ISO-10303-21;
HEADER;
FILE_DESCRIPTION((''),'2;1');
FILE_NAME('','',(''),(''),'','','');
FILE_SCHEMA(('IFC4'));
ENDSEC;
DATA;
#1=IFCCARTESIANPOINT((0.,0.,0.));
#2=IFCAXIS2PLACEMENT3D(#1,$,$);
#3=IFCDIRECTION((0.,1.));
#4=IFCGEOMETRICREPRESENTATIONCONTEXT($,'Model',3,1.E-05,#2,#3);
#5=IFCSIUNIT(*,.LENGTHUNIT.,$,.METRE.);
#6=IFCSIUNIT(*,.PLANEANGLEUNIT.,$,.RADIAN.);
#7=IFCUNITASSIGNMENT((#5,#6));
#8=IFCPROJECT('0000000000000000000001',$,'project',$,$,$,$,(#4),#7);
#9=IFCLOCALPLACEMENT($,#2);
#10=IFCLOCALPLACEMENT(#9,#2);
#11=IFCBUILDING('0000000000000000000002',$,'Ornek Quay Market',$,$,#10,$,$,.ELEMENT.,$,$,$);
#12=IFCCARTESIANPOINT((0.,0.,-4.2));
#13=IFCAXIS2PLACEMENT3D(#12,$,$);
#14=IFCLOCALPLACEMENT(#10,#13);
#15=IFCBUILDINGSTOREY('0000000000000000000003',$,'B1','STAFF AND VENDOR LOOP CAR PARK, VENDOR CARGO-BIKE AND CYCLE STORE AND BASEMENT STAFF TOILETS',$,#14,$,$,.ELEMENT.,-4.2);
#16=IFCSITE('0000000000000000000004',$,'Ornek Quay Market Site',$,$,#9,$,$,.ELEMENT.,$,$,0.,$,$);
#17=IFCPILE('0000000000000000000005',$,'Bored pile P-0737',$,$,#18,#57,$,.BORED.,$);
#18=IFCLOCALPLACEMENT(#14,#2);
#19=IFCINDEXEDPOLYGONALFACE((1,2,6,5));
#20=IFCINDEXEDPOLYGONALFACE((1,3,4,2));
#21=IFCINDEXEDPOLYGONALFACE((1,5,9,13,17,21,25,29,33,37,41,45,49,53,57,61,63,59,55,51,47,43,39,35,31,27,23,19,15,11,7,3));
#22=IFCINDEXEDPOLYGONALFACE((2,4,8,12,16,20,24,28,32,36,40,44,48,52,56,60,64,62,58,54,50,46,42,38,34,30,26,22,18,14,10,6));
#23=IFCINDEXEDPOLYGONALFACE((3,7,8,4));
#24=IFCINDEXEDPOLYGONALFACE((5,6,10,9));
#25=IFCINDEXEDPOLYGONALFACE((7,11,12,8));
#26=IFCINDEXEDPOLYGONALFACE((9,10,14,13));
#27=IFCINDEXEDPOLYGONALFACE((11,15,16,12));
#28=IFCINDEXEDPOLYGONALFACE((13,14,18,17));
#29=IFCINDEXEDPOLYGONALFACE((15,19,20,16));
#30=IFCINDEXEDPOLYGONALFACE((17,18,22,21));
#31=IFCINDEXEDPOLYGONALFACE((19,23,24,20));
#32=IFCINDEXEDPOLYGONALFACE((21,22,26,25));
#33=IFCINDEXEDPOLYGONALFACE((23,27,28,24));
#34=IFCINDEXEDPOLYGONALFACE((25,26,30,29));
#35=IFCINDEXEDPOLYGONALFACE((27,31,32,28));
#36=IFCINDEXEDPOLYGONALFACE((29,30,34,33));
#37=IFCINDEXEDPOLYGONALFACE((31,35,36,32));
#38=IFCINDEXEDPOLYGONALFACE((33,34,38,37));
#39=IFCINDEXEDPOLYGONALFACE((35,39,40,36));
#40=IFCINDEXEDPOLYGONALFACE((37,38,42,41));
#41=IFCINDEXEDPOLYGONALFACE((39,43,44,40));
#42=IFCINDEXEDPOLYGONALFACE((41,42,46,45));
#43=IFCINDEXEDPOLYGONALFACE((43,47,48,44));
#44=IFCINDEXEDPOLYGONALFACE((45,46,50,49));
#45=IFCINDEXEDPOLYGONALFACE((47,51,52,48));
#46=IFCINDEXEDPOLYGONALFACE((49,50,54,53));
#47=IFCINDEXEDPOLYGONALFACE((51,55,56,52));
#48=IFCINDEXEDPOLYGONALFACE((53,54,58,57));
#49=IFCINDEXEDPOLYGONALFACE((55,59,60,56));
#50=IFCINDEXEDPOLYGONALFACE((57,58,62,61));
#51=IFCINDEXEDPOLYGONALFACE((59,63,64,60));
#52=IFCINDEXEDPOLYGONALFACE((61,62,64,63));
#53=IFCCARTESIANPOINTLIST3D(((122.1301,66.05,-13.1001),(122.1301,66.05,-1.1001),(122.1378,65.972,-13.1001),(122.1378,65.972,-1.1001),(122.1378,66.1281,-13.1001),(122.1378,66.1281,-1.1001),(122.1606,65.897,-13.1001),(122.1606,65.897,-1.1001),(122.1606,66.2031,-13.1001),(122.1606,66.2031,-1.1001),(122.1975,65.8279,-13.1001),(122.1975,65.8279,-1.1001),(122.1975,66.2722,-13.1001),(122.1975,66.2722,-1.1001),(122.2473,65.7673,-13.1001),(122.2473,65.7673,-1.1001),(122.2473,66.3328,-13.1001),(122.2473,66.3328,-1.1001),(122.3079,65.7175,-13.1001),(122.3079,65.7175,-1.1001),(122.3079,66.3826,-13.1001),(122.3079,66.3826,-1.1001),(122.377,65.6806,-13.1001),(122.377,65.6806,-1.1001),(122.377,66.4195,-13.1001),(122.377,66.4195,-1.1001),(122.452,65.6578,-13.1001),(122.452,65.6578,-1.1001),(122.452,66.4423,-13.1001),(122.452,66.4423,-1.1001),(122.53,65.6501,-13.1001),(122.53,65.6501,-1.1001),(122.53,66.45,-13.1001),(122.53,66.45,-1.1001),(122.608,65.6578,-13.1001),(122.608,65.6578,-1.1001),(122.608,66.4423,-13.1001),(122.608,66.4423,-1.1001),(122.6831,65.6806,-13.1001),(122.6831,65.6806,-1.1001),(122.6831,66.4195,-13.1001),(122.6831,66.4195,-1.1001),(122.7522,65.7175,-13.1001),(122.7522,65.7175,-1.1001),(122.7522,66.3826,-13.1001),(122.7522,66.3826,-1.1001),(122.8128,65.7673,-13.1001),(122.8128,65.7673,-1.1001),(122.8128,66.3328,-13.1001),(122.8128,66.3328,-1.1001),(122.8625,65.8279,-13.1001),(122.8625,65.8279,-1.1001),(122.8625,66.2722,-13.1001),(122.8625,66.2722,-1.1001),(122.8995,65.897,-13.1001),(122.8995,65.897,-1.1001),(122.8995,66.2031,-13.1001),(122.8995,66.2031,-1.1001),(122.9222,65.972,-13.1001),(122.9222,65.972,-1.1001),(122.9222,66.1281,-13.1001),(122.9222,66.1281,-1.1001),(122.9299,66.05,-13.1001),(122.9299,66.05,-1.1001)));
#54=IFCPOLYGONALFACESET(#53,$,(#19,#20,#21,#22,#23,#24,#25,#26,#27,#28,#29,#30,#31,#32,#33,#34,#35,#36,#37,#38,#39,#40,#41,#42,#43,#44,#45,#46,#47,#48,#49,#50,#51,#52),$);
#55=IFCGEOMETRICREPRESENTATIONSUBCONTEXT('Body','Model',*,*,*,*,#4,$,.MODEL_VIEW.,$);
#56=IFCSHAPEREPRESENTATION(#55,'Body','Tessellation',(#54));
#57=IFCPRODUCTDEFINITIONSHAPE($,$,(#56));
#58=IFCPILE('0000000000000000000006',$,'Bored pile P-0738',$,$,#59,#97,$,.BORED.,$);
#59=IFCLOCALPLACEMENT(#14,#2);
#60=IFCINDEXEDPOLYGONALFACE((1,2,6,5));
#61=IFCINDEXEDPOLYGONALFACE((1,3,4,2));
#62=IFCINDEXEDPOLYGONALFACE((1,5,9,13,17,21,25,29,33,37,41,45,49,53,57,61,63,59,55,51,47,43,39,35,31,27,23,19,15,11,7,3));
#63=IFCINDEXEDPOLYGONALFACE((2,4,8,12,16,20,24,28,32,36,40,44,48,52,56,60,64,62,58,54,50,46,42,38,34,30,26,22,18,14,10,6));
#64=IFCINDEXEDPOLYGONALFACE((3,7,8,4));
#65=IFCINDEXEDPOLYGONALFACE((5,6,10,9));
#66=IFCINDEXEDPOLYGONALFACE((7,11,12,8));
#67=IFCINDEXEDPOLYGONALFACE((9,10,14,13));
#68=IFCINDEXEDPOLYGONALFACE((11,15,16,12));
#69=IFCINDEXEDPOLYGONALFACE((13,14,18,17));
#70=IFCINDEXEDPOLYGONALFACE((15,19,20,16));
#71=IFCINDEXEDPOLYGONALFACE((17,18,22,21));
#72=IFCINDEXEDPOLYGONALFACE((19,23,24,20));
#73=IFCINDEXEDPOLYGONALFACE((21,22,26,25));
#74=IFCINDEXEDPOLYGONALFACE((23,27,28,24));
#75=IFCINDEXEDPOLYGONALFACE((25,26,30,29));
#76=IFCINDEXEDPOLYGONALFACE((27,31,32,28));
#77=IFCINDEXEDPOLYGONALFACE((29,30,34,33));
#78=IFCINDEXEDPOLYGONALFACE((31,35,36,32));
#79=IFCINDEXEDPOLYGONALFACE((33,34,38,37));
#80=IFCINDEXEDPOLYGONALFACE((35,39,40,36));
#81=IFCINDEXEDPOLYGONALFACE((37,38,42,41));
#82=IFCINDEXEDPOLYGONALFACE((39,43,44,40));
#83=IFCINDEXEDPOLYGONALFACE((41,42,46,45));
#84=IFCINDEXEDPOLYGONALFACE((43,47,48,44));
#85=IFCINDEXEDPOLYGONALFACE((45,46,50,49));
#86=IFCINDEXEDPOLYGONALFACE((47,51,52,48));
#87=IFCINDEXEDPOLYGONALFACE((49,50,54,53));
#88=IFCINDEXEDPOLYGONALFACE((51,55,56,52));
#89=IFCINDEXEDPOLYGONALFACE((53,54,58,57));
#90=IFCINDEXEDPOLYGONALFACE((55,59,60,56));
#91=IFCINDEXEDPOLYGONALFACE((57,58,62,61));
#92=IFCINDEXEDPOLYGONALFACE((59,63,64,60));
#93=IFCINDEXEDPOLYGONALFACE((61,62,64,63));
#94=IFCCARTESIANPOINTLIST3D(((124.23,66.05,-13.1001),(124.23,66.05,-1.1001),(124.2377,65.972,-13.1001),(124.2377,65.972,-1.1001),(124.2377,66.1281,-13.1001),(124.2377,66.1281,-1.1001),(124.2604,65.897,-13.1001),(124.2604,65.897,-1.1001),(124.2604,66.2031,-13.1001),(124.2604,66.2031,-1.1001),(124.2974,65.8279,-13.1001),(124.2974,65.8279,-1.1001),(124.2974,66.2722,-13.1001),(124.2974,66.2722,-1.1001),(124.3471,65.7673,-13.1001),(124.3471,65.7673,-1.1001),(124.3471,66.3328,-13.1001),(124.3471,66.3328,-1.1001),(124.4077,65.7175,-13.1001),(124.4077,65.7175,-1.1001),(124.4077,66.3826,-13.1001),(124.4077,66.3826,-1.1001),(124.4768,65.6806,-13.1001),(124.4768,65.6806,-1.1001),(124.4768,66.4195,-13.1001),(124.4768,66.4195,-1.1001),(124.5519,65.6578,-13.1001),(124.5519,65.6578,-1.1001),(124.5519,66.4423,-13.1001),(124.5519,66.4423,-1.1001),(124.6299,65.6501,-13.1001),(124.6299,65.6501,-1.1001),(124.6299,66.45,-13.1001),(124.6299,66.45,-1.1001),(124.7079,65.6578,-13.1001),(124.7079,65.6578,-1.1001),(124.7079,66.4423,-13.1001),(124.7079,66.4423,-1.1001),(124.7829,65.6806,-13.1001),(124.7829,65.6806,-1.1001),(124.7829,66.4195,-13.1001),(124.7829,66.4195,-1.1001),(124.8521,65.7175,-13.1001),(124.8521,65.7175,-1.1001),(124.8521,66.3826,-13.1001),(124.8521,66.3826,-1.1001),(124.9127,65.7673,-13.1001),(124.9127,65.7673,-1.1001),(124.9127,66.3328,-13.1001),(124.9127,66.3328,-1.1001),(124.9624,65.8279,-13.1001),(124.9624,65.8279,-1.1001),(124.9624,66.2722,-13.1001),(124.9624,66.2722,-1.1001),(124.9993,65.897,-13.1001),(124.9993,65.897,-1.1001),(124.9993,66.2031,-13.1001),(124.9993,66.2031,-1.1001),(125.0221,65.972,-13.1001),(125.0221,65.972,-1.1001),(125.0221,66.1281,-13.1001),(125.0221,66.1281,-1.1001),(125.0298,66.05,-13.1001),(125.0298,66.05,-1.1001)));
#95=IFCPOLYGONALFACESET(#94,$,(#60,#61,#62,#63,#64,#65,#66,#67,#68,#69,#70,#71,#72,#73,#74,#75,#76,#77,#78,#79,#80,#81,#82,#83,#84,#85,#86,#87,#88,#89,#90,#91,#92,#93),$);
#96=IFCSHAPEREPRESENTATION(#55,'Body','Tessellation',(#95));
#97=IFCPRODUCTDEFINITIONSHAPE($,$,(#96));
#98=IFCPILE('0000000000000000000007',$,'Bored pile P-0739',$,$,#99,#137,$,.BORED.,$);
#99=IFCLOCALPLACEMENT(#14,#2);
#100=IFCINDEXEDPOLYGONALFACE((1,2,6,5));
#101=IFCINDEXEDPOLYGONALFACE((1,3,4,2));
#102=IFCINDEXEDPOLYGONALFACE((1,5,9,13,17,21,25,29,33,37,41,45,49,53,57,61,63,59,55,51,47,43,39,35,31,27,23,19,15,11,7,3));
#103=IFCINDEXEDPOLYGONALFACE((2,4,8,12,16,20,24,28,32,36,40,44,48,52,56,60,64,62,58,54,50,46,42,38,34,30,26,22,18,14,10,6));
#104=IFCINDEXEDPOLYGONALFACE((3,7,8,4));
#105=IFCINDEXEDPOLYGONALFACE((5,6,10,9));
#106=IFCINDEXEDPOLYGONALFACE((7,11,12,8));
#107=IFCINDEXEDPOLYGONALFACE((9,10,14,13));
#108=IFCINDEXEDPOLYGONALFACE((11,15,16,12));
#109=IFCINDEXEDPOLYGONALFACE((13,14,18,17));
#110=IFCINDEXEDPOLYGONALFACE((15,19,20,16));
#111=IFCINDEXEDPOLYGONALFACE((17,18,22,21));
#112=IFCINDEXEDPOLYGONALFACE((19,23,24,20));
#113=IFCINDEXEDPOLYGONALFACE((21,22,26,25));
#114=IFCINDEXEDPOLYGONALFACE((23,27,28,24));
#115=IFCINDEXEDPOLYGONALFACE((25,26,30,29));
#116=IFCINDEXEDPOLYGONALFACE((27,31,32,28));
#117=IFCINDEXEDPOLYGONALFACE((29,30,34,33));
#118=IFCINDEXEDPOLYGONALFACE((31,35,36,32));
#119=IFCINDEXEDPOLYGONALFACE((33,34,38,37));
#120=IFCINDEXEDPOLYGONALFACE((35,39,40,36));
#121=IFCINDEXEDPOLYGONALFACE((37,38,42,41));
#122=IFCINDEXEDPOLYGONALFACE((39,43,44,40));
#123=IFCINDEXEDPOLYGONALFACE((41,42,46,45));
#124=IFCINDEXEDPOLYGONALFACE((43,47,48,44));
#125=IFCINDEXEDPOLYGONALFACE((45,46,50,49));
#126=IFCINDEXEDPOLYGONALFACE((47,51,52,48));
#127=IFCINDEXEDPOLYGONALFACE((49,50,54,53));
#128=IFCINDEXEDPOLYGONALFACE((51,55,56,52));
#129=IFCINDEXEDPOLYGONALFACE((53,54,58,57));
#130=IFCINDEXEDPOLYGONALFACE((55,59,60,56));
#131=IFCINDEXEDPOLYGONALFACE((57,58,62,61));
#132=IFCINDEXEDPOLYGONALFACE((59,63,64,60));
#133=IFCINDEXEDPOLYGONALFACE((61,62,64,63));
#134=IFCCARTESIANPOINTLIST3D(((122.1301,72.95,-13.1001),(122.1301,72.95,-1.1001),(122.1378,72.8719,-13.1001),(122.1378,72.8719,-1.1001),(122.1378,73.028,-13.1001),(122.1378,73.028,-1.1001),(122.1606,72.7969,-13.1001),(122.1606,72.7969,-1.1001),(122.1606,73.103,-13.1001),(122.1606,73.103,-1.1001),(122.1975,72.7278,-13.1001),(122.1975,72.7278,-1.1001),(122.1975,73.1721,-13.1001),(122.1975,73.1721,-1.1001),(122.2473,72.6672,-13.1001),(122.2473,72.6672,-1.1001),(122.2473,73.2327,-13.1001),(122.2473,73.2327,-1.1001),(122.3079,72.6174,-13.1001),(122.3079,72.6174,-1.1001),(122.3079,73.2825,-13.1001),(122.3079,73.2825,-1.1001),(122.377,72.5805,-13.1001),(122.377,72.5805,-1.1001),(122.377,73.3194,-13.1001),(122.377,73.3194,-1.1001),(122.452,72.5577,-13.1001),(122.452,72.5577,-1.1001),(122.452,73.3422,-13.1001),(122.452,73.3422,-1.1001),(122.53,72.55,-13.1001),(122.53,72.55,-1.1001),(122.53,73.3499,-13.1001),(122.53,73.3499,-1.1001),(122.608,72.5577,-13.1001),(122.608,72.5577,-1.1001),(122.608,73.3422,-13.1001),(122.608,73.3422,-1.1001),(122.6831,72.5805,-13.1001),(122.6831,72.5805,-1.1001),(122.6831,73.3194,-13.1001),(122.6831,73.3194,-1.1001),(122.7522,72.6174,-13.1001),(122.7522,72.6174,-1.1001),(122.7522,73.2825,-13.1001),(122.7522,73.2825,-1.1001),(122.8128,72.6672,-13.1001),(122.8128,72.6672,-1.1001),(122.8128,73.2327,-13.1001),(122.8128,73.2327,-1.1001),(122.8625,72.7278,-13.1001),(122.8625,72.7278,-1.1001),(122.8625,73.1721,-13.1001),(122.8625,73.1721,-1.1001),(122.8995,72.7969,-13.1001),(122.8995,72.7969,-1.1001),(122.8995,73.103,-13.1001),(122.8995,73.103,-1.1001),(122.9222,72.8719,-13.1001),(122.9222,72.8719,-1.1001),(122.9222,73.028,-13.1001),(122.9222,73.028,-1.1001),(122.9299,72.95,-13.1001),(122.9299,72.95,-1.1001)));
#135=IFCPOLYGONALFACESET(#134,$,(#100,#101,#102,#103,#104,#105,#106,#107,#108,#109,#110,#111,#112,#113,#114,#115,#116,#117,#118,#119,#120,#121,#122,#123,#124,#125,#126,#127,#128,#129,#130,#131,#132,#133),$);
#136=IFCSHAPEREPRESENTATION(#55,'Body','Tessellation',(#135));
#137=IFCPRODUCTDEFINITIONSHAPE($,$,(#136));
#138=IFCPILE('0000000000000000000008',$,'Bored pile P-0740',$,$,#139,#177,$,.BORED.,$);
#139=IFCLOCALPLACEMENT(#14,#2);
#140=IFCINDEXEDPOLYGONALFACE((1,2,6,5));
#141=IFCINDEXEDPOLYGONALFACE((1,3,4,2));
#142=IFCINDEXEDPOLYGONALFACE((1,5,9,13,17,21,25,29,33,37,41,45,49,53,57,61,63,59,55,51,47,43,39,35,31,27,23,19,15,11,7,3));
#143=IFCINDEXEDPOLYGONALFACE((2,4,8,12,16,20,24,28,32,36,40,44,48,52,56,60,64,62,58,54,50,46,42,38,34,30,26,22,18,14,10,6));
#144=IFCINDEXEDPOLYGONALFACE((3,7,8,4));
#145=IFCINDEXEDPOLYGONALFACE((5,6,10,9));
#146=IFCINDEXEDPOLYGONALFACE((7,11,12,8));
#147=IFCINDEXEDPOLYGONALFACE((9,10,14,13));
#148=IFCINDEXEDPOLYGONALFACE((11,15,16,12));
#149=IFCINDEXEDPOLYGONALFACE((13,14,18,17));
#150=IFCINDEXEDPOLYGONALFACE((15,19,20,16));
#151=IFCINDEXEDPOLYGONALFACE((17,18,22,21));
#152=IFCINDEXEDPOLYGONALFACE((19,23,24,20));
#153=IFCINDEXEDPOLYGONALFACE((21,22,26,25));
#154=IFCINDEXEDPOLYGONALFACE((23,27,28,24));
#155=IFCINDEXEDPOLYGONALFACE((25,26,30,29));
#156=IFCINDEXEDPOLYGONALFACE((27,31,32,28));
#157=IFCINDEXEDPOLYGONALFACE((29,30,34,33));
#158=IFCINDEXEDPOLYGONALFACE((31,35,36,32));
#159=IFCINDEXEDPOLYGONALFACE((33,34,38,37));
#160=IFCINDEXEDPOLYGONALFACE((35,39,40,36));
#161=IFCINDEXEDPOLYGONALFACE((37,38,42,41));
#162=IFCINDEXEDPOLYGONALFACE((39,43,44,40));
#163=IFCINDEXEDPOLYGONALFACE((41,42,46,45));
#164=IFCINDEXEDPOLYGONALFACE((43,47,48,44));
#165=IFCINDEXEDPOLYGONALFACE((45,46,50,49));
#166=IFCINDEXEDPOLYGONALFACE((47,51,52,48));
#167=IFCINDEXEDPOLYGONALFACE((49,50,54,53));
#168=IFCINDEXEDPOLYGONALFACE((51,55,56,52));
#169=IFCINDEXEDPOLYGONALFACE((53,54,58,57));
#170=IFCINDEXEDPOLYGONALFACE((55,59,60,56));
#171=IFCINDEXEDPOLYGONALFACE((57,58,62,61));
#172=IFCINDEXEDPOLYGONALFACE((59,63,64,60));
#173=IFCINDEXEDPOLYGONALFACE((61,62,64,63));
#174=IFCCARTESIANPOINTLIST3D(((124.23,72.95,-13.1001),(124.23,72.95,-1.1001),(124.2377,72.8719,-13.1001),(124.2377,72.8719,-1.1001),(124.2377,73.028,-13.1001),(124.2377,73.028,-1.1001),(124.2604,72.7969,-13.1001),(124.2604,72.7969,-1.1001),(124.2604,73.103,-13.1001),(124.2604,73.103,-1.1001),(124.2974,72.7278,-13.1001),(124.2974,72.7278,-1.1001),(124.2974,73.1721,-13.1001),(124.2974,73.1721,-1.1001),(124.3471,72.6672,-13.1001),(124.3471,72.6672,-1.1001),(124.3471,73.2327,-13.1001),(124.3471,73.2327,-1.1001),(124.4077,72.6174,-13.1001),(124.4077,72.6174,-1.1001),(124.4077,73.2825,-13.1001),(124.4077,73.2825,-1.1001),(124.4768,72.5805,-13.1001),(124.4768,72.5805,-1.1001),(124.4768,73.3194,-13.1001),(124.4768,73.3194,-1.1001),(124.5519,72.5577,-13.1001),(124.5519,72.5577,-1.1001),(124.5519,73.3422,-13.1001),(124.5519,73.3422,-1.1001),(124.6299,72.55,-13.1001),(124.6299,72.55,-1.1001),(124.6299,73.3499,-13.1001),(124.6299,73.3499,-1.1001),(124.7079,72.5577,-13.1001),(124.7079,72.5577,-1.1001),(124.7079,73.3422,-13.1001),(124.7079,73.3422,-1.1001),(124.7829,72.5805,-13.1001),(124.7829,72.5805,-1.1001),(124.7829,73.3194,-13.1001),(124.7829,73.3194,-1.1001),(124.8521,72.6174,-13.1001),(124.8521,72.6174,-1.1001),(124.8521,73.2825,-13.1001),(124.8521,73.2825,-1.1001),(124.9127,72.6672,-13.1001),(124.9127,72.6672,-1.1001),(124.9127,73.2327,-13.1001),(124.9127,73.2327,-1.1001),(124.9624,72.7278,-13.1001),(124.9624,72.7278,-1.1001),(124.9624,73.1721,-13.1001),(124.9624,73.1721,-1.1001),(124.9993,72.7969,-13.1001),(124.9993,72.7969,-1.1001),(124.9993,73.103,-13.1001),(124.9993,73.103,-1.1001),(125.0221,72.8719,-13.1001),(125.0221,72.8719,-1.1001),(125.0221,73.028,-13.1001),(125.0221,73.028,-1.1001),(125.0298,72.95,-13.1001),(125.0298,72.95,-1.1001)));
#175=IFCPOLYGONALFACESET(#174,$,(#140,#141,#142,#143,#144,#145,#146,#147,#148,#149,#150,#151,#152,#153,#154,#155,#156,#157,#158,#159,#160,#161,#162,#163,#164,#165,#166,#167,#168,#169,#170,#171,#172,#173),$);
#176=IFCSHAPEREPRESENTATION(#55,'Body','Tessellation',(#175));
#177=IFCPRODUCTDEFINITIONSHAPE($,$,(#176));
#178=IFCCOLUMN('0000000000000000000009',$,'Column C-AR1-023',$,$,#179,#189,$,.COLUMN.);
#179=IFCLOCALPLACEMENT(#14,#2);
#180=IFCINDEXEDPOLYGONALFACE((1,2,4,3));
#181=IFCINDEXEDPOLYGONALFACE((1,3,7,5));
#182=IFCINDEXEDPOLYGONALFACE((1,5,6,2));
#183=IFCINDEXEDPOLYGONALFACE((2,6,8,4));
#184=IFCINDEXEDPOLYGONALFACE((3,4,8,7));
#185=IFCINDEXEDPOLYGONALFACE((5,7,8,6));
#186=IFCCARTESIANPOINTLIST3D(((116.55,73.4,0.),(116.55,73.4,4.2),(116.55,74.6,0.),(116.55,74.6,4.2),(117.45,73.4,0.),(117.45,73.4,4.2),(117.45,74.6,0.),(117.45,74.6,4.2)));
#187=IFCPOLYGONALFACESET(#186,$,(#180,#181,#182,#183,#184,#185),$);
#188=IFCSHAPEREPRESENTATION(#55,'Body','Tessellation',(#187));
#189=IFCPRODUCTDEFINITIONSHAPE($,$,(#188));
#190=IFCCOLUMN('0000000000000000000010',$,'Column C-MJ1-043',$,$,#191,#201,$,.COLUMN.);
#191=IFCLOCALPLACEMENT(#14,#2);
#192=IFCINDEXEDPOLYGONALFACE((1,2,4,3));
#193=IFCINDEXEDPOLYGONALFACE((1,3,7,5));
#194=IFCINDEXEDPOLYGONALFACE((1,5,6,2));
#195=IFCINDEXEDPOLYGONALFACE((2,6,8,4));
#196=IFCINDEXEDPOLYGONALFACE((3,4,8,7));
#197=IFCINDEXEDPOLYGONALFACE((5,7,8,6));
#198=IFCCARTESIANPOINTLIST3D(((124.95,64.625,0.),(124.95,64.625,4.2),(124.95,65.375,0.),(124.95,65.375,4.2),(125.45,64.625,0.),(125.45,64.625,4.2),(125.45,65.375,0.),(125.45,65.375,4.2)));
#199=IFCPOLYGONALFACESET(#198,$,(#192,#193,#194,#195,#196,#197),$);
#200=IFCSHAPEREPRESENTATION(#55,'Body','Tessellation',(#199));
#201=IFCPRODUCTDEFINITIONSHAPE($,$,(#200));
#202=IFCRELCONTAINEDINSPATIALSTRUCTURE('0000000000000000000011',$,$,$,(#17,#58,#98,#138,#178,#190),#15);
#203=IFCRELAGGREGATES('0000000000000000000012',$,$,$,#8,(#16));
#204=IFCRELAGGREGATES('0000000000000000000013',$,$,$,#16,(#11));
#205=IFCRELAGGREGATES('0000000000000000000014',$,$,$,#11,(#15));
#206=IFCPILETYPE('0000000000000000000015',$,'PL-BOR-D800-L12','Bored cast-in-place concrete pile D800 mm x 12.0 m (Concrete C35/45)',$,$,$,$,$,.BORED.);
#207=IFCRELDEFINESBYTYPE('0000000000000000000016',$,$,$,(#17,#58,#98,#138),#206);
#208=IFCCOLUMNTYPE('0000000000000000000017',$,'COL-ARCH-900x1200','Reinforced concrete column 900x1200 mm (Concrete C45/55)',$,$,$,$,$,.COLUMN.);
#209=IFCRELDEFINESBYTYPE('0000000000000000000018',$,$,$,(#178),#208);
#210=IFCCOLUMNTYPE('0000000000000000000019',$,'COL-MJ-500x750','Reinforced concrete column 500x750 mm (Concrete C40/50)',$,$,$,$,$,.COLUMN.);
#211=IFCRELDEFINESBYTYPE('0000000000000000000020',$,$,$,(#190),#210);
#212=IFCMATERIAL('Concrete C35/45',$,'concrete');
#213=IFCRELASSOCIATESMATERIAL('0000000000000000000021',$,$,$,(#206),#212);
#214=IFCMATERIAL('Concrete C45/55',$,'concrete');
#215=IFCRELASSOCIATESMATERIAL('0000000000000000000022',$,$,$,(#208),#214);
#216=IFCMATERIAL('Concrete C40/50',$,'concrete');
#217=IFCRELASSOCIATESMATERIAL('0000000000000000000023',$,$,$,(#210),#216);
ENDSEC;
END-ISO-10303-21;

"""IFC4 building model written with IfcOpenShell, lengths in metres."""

from ifc_helpers import new_model, si_unit, direction, frame, origin, origin_2d, place, context, subcontext, project, spatial, rectangle, circle, extrude, material, material_profile, profile_set, type_object, element, save


model = new_model("IFC4")

# Units and contexts
model_context = context("Model", 3, precision=1e-05, world=origin(), true_north=direction((0.0, 1.0)))
body_context = subcontext(model_context, "Body", "Model", "MODEL_VIEW")
ifc_project = project(units=[si_unit("LENGTHUNIT", "METRE"), si_unit("PLANEANGLEUNIT", "RADIAN")], contexts=[model_context])

# Site, building, storey
site_placement = place(None, origin())
site = spatial("IfcSite", under=ifc_project, at=site_placement, Name="Ornek Quay Market Site", CompositionType="ELEMENT", RefElevation=0.0)
building_placement = place(site_placement, origin())
building = spatial("IfcBuilding", under=site, at=building_placement, Name="Ornek Quay Market", CompositionType="ELEMENT")
storey_placement = place(building_placement, frame((0.0, 0.0, -4.2)))
storey = spatial("IfcBuildingStorey", under=building, at=storey_placement, Name="B1", Description="STAFF AND VENDOR LOOP CAR PARK, VENDOR CARGO-BIKE AND CYCLE STORE AND BASEMENT STAFF TOILETS", CompositionType="ELEMENT", Elevation=-4.2)

# Piles
ifc_material_1 = material(Name="Concrete C35/45", Category="concrete")
ifc_material_profile_1 = material_profile(ifc_material_1, circle(Radius=0.3999, at=origin_2d()), Name="PILE D800", Category="concrete")
ifc_profile_set_1 = profile_set([ifc_material_profile_1], Name="Concrete C35/45")
pile_type_1 = type_object("IfcPileType", Name="PL-BOR-D800-L12", Description="Bored cast-in-place concrete pile D800 mm x 12.0 m (Concrete C35/45)", PredefinedType="BORED", material=ifc_profile_set_1)
for number, where, z_axis, x_axis, name in (
    (1, (122.53, 66.05, -1.1001), (0.0, 0.0, -1.0), (1.0, 0.0, 0.0), "Bored pile P-0737"),
    (2, (124.6299, 66.05, -1.1001), (0.0, 0.0, -1.0), (1.0, 0.0, 0.0), "Bored pile P-0738"),
    (3, (122.53, 72.95, -1.1001), (0.0, 0.0, -1.0), (1.0, 0.0, 0.0), "Bored pile P-0739"),
    (4, (124.6299, 72.95, -1.1001), (0.0, 0.0, -1.0), (1.0, 0.0, 0.0), "Bored pile P-0740"),
):
    element("IfcPile", number, at=place(storey_placement, frame(where, z_axis=z_axis, x_axis=x_axis)), inside=storey, type_object=pile_type_1, Name=name, PredefinedType="BORED", context=body_context, shape_type="SweptSolid", body=[
        extrude(circle(Radius=0.3999, at=origin_2d()), origin(), (0.0, 0.0, 1.0), 12.0),
    ])

# Columns
ifc_material_2 = material(Name="Concrete C45/55", Category="concrete")
ifc_material_profile_2 = material_profile(ifc_material_2, rectangle(XDim=0.8999, YDim=1.2, at=origin_2d()), Name="RC 900x1200", Category="concrete")
ifc_profile_set_2 = profile_set([ifc_material_profile_2], Name="Concrete C45/55")
column_type_1 = type_object("IfcColumnType", Name="COL-ARCH-900x1200", Description="Reinforced concrete column 900x1200 mm (Concrete C45/55)", PredefinedType="COLUMN", material=ifc_profile_set_2)
column_placement = place(storey_placement, frame((117.0, 74.0, 0.0), z_axis=(0.0, 0.0, 1.0), x_axis=(1.0, 0.0, 0.0)))
element("IfcColumn", 5, at=column_placement, inside=storey, type_object=column_type_1, Name="Column C-AR1-023", PredefinedType="COLUMN", context=body_context, shape_type="SweptSolid", body=[
    extrude(rectangle(XDim=0.8999, YDim=1.2, at=origin_2d()), origin(), (0.0, 0.0, 1.0), 4.2),
])
ifc_material_3 = material(Name="Concrete C40/50", Category="concrete")
ifc_material_profile_3 = material_profile(ifc_material_3, rectangle(XDim=0.5, YDim=0.75, at=origin_2d()), Name="RC 500x750", Category="concrete")
ifc_profile_set_3 = profile_set([ifc_material_profile_3], Name="Concrete C40/50")
column_type_2 = type_object("IfcColumnType", Name="COL-MJ-500x750", Description="Reinforced concrete column 500x750 mm (Concrete C40/50)", PredefinedType="COLUMN", material=ifc_profile_set_3)
for number, where, z_axis, x_axis, name in (
    (6, (125.2, 65.0, 0.0), (0.0, 0.0, 1.0), (1.0, 0.0, 0.0), "Column C-MJ1-043"),
):
    element("IfcColumn", number, at=place(storey_placement, frame(where, z_axis=z_axis, x_axis=x_axis)), inside=storey, type_object=column_type_2, Name=name, PredefinedType="COLUMN", context=body_context, shape_type="SweptSolid", body=[
        extrude(rectangle(XDim=0.5, YDim=0.75, at=origin_2d()), origin(), (0.0, 0.0, 1.0), 4.2),
    ])

save(model, "model.ifc")
